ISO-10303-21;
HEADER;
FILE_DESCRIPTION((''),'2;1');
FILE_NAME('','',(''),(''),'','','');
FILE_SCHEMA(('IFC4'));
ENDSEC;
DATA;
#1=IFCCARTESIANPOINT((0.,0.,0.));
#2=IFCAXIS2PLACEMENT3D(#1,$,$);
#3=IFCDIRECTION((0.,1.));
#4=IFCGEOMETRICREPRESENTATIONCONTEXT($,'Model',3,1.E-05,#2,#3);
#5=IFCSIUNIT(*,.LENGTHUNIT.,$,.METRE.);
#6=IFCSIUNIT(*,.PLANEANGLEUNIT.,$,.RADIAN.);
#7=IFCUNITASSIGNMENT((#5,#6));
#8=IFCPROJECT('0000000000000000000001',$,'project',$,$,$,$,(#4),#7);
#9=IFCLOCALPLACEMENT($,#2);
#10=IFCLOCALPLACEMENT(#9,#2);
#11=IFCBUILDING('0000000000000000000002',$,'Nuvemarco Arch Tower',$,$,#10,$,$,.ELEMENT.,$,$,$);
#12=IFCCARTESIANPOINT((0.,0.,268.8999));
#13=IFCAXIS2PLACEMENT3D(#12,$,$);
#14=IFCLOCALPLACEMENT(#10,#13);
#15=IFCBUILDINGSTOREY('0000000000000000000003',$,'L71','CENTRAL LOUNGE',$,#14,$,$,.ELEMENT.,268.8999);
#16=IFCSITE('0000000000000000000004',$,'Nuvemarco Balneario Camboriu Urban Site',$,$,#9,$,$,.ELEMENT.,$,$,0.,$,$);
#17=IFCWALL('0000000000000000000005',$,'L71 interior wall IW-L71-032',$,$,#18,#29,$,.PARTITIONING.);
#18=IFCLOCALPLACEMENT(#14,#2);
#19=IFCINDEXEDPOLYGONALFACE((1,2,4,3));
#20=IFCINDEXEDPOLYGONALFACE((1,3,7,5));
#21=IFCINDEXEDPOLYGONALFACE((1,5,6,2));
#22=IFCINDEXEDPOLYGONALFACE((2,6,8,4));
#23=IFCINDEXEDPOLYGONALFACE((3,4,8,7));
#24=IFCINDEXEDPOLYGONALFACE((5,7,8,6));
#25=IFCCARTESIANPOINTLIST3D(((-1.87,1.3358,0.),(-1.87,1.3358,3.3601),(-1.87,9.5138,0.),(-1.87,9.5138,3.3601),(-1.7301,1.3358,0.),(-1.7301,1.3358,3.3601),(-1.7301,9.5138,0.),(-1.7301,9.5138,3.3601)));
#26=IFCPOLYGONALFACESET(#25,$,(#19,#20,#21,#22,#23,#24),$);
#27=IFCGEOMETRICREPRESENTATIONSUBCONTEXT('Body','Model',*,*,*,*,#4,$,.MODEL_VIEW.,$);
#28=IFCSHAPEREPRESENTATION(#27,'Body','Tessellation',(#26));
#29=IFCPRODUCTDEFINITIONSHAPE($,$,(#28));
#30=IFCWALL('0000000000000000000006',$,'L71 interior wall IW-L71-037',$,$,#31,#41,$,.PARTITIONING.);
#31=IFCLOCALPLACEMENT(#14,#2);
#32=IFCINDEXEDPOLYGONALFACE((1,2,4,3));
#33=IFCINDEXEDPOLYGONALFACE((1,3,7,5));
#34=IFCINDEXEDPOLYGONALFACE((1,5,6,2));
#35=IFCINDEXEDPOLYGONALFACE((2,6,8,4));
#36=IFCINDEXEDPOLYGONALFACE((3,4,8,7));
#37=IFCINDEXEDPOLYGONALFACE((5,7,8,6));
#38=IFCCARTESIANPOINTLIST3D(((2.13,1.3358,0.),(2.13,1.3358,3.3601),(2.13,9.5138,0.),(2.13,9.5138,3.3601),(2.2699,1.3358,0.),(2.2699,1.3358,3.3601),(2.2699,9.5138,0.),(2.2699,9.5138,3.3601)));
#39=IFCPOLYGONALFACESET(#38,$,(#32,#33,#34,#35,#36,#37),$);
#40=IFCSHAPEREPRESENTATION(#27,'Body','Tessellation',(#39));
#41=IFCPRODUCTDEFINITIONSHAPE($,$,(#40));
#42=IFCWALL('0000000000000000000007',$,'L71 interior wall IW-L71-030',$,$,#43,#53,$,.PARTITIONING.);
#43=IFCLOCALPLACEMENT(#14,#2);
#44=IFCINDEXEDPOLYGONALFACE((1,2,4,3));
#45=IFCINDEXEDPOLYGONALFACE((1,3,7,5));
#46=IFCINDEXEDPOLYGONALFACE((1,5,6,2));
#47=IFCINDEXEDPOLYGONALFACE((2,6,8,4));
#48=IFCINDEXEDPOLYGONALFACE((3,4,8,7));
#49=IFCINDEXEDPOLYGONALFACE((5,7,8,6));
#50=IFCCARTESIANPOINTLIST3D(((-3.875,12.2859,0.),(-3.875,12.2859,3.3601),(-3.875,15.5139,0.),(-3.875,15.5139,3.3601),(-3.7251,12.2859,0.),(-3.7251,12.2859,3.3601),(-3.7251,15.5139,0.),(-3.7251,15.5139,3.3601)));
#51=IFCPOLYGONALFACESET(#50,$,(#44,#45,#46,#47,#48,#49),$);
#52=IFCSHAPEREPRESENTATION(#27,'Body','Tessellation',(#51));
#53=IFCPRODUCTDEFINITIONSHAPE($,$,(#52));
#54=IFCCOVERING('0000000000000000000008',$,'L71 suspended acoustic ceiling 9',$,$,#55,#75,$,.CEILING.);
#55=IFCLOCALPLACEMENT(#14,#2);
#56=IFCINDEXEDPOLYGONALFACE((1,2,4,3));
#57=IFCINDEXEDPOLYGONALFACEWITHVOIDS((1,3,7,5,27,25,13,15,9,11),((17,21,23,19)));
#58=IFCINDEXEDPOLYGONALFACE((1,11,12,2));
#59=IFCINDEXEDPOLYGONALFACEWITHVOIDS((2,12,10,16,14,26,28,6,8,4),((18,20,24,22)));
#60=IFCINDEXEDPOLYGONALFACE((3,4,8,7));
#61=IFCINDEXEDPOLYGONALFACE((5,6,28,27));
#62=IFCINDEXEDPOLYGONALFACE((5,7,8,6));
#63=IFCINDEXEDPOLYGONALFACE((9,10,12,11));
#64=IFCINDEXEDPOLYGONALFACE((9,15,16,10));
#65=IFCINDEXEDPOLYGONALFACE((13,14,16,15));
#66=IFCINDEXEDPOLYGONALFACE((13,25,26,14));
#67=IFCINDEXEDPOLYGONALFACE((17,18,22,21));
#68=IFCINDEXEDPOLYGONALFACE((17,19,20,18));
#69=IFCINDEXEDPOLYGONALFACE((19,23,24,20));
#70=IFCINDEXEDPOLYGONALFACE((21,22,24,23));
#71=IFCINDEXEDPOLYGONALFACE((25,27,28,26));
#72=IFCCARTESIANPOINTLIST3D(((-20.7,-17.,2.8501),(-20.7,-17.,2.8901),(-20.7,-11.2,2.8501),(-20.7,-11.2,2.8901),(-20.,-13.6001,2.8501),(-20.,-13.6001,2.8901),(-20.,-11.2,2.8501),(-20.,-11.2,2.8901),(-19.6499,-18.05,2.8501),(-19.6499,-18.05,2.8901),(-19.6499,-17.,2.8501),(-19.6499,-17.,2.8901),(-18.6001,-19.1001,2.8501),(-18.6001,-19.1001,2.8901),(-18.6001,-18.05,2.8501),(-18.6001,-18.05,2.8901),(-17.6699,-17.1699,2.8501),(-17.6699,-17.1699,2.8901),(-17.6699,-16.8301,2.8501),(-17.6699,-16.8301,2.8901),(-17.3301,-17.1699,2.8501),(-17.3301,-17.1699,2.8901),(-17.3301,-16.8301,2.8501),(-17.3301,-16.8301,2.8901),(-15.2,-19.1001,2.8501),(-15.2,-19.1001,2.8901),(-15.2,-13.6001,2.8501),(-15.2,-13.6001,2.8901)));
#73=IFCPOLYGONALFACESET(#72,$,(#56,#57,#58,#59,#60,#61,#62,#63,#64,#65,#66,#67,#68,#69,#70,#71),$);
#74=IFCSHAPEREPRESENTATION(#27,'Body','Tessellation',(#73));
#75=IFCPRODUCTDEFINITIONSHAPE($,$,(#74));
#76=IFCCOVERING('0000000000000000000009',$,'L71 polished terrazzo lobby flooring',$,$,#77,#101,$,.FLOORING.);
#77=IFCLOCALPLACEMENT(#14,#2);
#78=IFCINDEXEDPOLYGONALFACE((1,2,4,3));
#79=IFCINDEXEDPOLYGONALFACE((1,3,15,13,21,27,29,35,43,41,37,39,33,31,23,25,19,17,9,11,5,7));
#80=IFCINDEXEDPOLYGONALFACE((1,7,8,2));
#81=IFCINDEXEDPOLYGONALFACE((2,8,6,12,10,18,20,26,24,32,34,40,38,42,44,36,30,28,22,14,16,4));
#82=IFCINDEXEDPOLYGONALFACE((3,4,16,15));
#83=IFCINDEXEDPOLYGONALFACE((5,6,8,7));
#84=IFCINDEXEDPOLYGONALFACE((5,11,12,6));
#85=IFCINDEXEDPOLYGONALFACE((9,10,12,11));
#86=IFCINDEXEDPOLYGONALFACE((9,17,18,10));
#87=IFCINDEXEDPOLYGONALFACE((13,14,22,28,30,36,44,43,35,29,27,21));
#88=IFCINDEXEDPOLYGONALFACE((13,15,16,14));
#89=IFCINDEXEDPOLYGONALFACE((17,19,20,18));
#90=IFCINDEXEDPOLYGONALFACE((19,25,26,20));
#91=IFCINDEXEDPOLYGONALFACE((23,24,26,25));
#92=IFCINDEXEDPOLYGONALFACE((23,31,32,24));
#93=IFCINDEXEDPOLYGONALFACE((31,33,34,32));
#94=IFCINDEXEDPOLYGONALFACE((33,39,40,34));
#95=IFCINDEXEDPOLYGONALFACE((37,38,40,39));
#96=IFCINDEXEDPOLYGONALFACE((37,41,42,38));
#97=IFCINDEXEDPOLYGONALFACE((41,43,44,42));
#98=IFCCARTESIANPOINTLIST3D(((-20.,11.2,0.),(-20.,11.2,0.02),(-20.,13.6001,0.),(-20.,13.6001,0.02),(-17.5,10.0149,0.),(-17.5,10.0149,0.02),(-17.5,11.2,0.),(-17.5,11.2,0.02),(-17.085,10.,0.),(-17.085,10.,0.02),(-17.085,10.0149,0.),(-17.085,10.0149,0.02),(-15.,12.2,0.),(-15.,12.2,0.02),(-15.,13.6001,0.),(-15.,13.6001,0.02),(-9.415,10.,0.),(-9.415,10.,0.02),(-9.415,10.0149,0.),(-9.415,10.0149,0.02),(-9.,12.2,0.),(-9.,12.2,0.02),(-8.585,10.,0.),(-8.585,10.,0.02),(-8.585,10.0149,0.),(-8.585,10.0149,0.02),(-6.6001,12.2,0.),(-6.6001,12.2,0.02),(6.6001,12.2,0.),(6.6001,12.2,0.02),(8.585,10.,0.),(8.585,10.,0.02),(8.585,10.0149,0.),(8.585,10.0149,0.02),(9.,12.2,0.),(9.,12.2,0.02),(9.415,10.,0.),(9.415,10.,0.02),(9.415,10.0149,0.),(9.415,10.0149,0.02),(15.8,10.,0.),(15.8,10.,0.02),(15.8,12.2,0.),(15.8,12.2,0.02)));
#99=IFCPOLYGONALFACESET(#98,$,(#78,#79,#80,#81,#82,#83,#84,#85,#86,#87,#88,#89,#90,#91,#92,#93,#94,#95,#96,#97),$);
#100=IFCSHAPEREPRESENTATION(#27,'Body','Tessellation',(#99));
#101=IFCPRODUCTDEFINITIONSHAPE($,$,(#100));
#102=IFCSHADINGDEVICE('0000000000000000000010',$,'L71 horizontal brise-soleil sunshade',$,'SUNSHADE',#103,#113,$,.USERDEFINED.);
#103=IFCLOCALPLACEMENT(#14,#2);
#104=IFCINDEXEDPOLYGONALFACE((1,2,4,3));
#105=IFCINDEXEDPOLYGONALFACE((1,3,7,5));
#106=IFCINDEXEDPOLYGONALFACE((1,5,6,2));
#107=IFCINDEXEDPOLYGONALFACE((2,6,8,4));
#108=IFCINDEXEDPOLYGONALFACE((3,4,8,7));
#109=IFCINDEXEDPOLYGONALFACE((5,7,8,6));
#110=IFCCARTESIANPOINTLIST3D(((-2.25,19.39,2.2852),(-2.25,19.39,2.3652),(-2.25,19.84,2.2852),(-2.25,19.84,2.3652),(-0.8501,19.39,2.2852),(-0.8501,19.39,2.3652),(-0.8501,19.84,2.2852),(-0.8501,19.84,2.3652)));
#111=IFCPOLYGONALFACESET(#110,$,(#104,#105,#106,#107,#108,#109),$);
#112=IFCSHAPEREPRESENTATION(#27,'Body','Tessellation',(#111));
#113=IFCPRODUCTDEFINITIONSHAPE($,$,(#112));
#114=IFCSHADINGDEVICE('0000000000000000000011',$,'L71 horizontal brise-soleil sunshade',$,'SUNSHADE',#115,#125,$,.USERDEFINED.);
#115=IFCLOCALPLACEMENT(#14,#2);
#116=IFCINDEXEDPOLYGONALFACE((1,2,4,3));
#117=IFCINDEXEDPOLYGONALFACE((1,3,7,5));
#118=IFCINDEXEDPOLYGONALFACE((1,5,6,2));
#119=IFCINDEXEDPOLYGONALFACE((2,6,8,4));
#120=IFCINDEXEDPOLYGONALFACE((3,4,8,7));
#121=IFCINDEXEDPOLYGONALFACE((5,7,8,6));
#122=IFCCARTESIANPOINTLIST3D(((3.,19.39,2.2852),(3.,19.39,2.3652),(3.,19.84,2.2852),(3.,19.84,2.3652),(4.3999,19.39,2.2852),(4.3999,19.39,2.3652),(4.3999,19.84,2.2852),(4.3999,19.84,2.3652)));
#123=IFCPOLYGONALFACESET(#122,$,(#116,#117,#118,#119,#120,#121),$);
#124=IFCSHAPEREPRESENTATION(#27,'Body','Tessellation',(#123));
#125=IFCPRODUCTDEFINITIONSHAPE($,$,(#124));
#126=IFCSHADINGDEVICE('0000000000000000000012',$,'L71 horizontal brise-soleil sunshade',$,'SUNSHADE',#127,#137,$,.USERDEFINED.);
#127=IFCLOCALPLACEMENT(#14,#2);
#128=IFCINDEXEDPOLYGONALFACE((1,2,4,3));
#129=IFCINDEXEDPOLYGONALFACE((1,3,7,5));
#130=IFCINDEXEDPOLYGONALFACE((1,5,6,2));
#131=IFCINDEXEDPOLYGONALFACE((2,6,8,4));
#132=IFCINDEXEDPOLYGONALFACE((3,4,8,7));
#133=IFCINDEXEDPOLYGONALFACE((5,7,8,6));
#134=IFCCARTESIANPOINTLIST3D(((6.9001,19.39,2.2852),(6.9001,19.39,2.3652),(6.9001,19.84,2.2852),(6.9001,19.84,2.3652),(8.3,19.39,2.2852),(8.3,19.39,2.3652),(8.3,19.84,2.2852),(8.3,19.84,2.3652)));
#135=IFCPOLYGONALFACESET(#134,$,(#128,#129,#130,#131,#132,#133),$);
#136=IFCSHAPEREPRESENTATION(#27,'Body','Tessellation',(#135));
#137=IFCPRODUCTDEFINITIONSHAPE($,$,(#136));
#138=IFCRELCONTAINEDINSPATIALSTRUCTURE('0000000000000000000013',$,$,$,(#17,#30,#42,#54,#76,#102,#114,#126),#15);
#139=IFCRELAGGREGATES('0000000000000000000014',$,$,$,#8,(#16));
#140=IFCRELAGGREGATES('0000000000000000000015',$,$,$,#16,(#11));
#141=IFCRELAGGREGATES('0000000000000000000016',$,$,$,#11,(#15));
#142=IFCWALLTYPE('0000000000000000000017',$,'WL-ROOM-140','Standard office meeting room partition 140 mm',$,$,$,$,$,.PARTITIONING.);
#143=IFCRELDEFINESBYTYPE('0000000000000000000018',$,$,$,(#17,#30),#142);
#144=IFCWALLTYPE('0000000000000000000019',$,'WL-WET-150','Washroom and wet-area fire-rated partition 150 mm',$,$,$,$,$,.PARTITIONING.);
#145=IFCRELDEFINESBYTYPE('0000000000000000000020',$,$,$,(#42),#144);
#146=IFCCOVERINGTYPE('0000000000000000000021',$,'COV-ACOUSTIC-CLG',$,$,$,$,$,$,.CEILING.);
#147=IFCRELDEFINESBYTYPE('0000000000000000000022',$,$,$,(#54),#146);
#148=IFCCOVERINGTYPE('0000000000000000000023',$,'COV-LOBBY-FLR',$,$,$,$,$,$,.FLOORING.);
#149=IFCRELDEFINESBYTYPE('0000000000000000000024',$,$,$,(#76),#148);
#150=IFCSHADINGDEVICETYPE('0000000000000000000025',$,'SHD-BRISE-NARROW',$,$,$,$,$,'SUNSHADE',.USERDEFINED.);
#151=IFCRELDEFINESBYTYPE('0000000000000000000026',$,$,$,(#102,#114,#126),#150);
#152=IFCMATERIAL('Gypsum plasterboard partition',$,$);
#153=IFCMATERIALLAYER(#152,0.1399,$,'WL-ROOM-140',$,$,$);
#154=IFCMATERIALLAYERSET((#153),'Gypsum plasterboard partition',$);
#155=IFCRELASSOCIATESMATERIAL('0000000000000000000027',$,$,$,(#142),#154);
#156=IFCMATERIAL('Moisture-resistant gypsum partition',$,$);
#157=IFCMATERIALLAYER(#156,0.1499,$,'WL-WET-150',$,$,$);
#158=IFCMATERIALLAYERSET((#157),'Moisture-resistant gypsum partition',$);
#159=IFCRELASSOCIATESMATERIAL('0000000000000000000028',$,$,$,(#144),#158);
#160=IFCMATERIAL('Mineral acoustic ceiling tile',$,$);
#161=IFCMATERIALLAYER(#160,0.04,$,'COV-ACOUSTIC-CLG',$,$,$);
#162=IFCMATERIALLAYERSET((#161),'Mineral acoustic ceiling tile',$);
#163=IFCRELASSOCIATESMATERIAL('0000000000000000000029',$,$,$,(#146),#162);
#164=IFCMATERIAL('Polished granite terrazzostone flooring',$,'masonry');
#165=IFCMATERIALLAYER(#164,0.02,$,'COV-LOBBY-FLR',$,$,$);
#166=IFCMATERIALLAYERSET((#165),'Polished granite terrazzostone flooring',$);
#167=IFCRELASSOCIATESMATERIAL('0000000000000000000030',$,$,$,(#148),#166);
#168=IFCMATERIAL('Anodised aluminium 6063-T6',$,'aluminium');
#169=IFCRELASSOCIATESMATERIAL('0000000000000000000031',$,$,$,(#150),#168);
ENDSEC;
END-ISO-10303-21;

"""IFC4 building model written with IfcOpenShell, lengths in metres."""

from ifc_helpers import new_model, si_unit, direction, frame, frame_2d, origin, origin_2d, place, context, subcontext, project, spatial, polyline, rectangle, outline, extrude, source, transform, mapped, material, layer, layer_set, type_object, type_shapes, element, save


model = new_model("IFC4")

# Units and contexts
model_context = context("Model", 3, precision=1e-05, world=origin(), true_north=direction((0.0, 1.0)))
body_context = subcontext(model_context, "Body", "Model", "MODEL_VIEW")
ifc_project = project(units=[si_unit("LENGTHUNIT", "METRE"), si_unit("PLANEANGLEUNIT", "RADIAN")], contexts=[model_context])

# Site, building, storey
site_placement = place(None, origin())
site = spatial("IfcSite", under=ifc_project, at=site_placement, Name="Nuvemarco Balneario Camboriu Urban Site", CompositionType="ELEMENT", RefElevation=0.0)
building_placement = place(site_placement, origin())
building = spatial("IfcBuilding", under=site, at=building_placement, Name="Nuvemarco Arch Tower", CompositionType="ELEMENT")
storey_placement = place(building_placement, frame((0.0, 0.0, 268.8999)))
storey = spatial("IfcBuildingStorey", under=building, at=storey_placement, Name="L71", Description="CENTRAL LOUNGE", CompositionType="ELEMENT", Elevation=268.8999)

# Walls
ifc_material_1 = material(Name="Gypsum plasterboard partition")
ifc_layer_1 = layer(ifc_material_1, 0.1399, Name="WL-ROOM-140")
ifc_layer_set_1 = layer_set([ifc_layer_1], Name="Gypsum plasterboard partition")
wall_type_1 = type_object("IfcWallType", Name="WL-ROOM-140", Description="Standard office meeting room partition 140 mm", PredefinedType="PARTITIONING", material=ifc_layer_set_1)
for number, where, z_axis, x_axis, name in (
    (1, (-1.8, 1.3359, 0.0), (0.0, 0.0, 1.0), (0.0, 1.0, 0.0), "L71 interior wall IW-L71-032"),
    (2, (2.2, 1.3359, 0.0), (0.0, 0.0, 1.0), (0.0, 1.0, 0.0), "L71 interior wall IW-L71-037"),
):
    element("IfcWall", number, at=place(storey_placement, frame(where, z_axis=z_axis, x_axis=x_axis)), inside=storey, type_object=wall_type_1, Name=name, PredefinedType="PARTITIONING", context=body_context, shape_type="SweptSolid", body=[
        extrude(rectangle(XDim=8.178, YDim=0.1399, at=frame_2d((4.0889, 0.0))), origin(), (0.0, 0.0, 1.0), 3.3601),
    ])
ifc_material_2 = material(Name="Moisture-resistant gypsum partition")
ifc_layer_2 = layer(ifc_material_2, 0.1499, Name="WL-WET-150")
ifc_layer_set_2 = layer_set([ifc_layer_2], Name="Moisture-resistant gypsum partition")
wall_type_2 = type_object("IfcWallType", Name="WL-WET-150", Description="Washroom and wet-area fire-rated partition 150 mm", PredefinedType="PARTITIONING", material=ifc_layer_set_2)
wall_1_placement = place(storey_placement, frame((-3.8, 12.2859, 0.0), z_axis=(0.0, 0.0, 1.0), x_axis=(0.0, 1.0, 0.0)))
element("IfcWall", 3, at=wall_1_placement, inside=storey, type_object=wall_type_2, Name="L71 interior wall IW-L71-030", PredefinedType="PARTITIONING", context=body_context, shape_type="SweptSolid", body=[
    extrude(rectangle(XDim=3.228, YDim=0.1499, at=frame_2d((1.614, 0.0))), origin(), (0.0, 0.0, 1.0), 3.3601),
])

# Coverings
ifc_material_3 = material(Name="Mineral acoustic ceiling tile")
ifc_layer_3 = layer(ifc_material_3, 0.04, Name="COV-ACOUSTIC-CLG")
ifc_layer_set_3 = layer_set([ifc_layer_3], Name="Mineral acoustic ceiling tile")
covering_type_1 = type_object("IfcCoveringType", Name="COV-ACOUSTIC-CLG", PredefinedType="CEILING", material=ifc_layer_set_3)
covering_1_placement = place(storey_placement, frame((0.0, 0.0, 2.8501)))
element("IfcCovering", 4, at=covering_1_placement, inside=storey, type_object=covering_type_1, Name="L71 suspended acoustic ceiling 9", PredefinedType="CEILING", context=body_context, shape_type="SweptSolid", body=[
    extrude(outline(polyline([(-20.7, -17.0), (-20.7, -11.2), (-20.0, -11.2), (-20.0, -13.6001), (-15.2, -13.6001), (-15.2, -19.1001), (-18.6001, -19.1001), (-18.6001, -18.05), (-19.6499, -18.05), (-19.6499, -17.0), (-20.7, -17.0)]), holes=[polyline([(-17.3301, -16.8301), (-17.6699, -16.8301), (-17.6699, -17.1699), (-17.3301, -17.1699), (-17.3301, -16.8301)])]), origin(), (0.0, 0.0, 1.0), 0.04),
])
ifc_material_4 = material(Name="Polished granite terrazzostone flooring", Category="masonry")
ifc_layer_4 = layer(ifc_material_4, 0.02, Name="COV-LOBBY-FLR")
ifc_layer_set_4 = layer_set([ifc_layer_4], Name="Polished granite terrazzostone flooring")
covering_type_2 = type_object("IfcCoveringType", Name="COV-LOBBY-FLR", PredefinedType="FLOORING", material=ifc_layer_set_4)
covering_2_placement = place(storey_placement, origin())
element("IfcCovering", 5, at=covering_2_placement, inside=storey, type_object=covering_type_2, Name="L71 polished terrazzo lobby flooring", PredefinedType="FLOORING", context=body_context, shape_type="SweptSolid", body=[
    extrude(outline(polyline([(-8.585, 10.0149), (-9.415, 10.0149), (-9.415, 10.0), (-17.085, 10.0), (-17.085, 10.0149), (-17.5, 10.0149), (-17.5, 11.2), (-20.0, 11.2), (-20.0, 13.6001), (-15.0, 13.6001), (-15.0, 12.2), (-9.0, 12.2), (-6.6001, 12.2), (6.6001, 12.2), (9.0, 12.2), (15.8, 12.2), (15.8, 10.0), (9.415, 10.0), (9.415, 10.0149), (8.585, 10.0149), (8.585, 10.0), (-8.585, 10.0), (-8.585, 10.0149)])), origin(), (0.0, 0.0, 1.0), 0.02),
])

# Shading devices
ifc_material_5 = material(Name="Anodised aluminium 6063-T6", Category="aluminium")
shading_device_type = type_object("IfcShadingDeviceType", Name="SHD-BRISE-NARROW", ElementType="SUNSHADE", PredefinedType="USERDEFINED", material=ifc_material_5)
shared_shape_1 = source(origin(), body_context, "Body", "SweptSolid", [
    extrude(rectangle(XDim=1.3999, YDim=0.45, at=origin_2d()), origin(), (0.0, 0.0, 1.0), 0.0801),
])
type_shapes(shading_device_type, [shared_shape_1])
for number, where, z_axis, x_axis, name in (
    (6, (-1.55, 19.615, 2.2852), (0.0, 0.0, 1.0), (1.0, 0.0, 0.0), "L71 horizontal brise-soleil sunshade"),
    (7, (3.7, 19.615, 2.2852), (0.0, 0.0, 1.0), (1.0, 0.0, 0.0), "L71 horizontal brise-soleil sunshade"),
    (8, (7.6001, 19.615, 2.2852), (0.0, 0.0, 1.0), (1.0, 0.0, 0.0), "L71 horizontal brise-soleil sunshade"),
):
    element("IfcShadingDevice", number, at=place(storey_placement, frame(where, z_axis=z_axis, x_axis=x_axis)), inside=storey, type_object=shading_device_type, Name=name, ObjectType="SUNSHADE", PredefinedType="USERDEFINED", context=body_context, shape_type="MappedRepresentation", body=[
        mapped(shared_shape_1, transform((0.0, 0.0, 0.0), scale=1.0)),
    ])

save(model, "model.ifc")
